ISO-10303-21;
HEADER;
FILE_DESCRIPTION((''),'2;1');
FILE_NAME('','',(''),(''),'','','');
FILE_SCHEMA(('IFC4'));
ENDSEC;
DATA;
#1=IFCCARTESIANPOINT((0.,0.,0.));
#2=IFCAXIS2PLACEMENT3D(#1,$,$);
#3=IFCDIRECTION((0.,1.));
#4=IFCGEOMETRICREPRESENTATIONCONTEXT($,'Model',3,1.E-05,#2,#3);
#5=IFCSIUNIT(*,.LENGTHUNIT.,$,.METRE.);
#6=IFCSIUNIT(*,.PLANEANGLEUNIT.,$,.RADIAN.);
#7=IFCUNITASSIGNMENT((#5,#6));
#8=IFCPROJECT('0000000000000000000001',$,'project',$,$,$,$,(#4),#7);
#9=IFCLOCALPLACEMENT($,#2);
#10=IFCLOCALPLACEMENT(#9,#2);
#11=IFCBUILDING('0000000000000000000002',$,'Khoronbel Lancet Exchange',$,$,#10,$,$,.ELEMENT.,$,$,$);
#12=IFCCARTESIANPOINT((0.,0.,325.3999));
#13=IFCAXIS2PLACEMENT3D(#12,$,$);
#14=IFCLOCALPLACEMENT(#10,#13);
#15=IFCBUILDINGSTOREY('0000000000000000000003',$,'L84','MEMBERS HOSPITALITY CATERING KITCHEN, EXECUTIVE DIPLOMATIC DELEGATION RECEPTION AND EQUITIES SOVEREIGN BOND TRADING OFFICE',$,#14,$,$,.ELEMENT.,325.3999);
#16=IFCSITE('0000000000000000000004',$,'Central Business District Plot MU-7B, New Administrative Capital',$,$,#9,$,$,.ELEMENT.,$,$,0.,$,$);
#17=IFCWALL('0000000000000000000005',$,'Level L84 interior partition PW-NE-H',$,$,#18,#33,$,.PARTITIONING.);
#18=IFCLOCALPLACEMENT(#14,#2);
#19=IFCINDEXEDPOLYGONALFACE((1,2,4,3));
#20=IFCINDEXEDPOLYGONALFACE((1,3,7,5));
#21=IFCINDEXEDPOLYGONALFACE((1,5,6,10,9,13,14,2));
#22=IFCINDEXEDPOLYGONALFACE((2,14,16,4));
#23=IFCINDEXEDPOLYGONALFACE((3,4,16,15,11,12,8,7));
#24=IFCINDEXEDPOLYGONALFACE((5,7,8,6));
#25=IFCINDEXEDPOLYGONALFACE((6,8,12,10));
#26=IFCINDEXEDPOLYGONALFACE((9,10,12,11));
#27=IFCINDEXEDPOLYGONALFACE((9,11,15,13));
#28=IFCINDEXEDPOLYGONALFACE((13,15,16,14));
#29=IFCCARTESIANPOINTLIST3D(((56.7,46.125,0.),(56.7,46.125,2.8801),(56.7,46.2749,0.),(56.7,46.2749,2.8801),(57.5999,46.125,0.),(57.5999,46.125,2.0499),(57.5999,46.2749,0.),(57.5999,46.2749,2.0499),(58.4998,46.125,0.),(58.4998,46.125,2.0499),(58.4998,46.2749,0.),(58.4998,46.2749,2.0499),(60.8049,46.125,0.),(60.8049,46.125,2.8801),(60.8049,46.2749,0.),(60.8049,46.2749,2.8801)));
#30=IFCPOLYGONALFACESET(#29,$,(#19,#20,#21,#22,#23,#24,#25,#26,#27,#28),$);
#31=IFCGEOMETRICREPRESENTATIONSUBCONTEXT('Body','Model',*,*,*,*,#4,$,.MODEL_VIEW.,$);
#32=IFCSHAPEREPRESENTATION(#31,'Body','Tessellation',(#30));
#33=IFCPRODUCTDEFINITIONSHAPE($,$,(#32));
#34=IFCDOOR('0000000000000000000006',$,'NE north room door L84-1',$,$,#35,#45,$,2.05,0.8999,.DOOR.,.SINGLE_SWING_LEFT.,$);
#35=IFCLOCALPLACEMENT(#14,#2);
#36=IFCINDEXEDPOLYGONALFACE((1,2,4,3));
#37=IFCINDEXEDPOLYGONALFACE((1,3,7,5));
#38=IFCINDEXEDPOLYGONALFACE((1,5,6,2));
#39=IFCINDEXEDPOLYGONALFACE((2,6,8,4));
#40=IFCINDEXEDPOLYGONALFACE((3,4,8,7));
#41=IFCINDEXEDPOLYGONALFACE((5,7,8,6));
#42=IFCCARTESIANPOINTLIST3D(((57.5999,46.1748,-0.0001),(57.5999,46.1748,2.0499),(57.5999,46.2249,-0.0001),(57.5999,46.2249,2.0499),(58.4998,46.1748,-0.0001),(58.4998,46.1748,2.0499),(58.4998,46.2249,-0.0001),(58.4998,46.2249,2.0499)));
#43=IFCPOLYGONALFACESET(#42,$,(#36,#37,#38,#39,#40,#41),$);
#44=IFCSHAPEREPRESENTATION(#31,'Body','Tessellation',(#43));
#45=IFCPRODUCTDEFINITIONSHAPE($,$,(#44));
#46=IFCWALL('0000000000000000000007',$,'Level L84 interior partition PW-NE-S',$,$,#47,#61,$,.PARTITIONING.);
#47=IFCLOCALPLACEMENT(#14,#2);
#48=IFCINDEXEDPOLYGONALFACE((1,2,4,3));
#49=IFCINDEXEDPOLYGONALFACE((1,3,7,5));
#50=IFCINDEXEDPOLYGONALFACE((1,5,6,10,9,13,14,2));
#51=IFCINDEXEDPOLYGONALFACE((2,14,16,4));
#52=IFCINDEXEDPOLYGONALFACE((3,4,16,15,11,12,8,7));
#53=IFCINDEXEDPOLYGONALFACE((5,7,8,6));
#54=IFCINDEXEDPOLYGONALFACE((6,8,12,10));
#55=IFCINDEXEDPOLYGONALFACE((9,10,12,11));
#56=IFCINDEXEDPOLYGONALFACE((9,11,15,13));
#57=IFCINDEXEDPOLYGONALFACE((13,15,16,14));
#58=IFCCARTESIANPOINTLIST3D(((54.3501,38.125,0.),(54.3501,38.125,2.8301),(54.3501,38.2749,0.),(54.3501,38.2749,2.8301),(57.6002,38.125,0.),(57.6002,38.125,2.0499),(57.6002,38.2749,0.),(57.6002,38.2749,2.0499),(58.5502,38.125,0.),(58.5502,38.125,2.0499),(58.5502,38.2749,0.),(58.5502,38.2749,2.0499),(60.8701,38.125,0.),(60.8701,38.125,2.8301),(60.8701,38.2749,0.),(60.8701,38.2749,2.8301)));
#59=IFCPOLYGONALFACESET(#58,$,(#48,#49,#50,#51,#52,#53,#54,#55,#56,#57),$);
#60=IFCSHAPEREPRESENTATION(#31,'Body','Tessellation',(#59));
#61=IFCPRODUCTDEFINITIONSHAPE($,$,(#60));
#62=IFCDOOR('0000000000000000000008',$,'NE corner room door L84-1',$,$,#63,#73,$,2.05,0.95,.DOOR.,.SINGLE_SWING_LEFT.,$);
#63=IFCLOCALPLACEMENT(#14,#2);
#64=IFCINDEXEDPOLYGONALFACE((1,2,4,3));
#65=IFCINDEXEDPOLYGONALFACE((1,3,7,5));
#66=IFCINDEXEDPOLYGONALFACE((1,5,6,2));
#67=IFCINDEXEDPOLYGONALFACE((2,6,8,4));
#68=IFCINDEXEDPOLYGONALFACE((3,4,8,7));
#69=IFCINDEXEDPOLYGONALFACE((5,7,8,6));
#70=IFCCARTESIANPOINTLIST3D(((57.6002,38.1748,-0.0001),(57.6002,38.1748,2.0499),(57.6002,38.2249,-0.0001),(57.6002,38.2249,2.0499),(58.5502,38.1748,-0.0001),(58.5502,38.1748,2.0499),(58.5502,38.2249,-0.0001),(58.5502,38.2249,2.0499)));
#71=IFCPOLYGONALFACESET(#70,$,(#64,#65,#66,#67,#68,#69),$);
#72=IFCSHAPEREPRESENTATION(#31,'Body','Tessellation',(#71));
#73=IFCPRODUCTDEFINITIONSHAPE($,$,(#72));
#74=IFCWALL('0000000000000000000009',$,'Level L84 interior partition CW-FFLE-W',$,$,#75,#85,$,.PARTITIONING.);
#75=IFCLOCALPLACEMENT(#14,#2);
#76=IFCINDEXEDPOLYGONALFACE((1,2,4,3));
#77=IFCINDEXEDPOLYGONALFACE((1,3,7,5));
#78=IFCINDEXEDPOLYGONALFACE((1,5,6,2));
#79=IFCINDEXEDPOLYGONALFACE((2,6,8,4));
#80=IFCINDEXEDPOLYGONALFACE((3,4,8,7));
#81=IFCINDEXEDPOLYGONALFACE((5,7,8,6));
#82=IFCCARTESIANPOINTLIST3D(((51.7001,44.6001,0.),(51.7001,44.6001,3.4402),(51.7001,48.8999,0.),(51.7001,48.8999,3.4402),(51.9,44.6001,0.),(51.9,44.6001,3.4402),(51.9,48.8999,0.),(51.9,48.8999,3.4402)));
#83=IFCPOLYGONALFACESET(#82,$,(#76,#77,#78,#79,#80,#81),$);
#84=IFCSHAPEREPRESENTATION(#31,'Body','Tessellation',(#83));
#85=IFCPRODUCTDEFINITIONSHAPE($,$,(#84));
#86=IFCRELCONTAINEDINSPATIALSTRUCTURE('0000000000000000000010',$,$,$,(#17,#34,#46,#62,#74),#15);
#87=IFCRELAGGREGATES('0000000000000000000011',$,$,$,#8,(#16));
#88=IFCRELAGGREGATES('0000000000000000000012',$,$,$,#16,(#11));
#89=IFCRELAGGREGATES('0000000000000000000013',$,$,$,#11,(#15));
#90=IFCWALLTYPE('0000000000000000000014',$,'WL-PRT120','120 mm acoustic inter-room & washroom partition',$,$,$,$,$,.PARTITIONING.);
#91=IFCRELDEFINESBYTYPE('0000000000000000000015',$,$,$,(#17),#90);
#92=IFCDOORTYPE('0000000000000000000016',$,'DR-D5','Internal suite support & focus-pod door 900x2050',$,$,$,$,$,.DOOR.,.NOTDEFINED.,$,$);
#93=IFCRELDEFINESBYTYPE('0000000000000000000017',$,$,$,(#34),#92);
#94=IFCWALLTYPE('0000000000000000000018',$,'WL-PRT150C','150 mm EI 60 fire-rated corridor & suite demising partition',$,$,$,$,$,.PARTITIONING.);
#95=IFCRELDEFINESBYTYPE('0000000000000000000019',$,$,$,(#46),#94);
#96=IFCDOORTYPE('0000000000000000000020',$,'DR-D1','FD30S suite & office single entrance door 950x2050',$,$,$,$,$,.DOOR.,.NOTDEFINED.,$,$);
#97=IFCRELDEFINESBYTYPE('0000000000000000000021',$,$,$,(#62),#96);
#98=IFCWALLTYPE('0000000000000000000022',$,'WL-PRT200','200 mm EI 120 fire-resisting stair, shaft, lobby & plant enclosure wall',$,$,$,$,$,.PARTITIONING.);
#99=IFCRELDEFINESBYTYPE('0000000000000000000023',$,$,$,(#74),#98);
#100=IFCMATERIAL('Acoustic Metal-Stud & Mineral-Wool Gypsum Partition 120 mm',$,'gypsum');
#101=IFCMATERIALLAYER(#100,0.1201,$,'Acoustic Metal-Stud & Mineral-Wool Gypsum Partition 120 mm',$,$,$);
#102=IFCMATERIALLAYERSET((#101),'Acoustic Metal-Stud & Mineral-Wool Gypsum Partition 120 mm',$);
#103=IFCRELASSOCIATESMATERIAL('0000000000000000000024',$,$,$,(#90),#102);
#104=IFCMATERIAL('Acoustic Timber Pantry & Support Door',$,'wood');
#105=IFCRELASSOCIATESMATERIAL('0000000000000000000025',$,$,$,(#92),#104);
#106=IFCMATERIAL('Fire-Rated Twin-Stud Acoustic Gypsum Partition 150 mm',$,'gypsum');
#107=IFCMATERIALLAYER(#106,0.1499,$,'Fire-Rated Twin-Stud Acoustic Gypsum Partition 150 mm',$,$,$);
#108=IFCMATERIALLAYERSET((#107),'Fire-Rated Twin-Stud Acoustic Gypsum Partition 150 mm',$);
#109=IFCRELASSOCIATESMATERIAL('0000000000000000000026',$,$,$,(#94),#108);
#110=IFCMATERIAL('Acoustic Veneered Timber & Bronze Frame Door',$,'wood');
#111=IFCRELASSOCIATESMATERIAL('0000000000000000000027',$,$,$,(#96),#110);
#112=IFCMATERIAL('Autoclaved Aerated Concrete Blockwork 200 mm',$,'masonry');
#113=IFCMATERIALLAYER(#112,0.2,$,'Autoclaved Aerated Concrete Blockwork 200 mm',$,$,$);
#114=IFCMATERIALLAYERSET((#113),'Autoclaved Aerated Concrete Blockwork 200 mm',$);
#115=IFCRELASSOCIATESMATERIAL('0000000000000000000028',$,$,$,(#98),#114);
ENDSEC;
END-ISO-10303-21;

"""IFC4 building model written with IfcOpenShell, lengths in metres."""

from ifc_helpers import new_model, si_unit, direction, frame, frame_2d, origin, place, context, subcontext, project, spatial, rectangle, extrude, material, layer, layer_set, type_object, element, fill, save


model = new_model("IFC4")

# Units and contexts
model_context = context("Model", 3, precision=1e-05, world=origin(), true_north=direction((0.0, 1.0)))
body_context = subcontext(model_context, "Body", "Model", "MODEL_VIEW")
ifc_project = project(units=[si_unit("LENGTHUNIT", "METRE"), si_unit("PLANEANGLEUNIT", "RADIAN")], contexts=[model_context])

# Site, building, storey
site_placement = place(None, origin())
site = spatial("IfcSite", under=ifc_project, at=site_placement, Name="Central Business District Plot MU-7B, New Administrative Capital", CompositionType="ELEMENT", RefElevation=0.0)
building_placement = place(site_placement, origin())
building = spatial("IfcBuilding", under=site, at=building_placement, Name="Khoronbel Lancet Exchange", CompositionType="ELEMENT")
storey_placement = place(building_placement, frame((0.0, 0.0, 325.3999)))
storey = spatial("IfcBuildingStorey", under=building, at=storey_placement, Name="L84", Description="MEMBERS HOSPITALITY CATERING KITCHEN, EXECUTIVE DIPLOMATIC DELEGATION RECEPTION AND EQUITIES SOVEREIGN BOND TRADING OFFICE", CompositionType="ELEMENT", Elevation=325.3999)

# Shared definitions
ifc_material_1 = material(Name="Acoustic Metal-Stud & Mineral-Wool Gypsum Partition 120 mm", Category="gypsum")
ifc_layer_1 = layer(ifc_material_1, 0.1201, Name="Acoustic Metal-Stud & Mineral-Wool Gypsum Partition 120 mm")
ifc_layer_set_1 = layer_set([ifc_layer_1], Name="Acoustic Metal-Stud & Mineral-Wool Gypsum Partition 120 mm")
wall_type_1 = type_object("IfcWallType", Name="WL-PRT120", Description="120 mm acoustic inter-room & washroom partition", PredefinedType="PARTITIONING", material=ifc_layer_set_1)

# Walls, openings, doors
wall_1_placement = place(storey_placement, frame((56.7, 46.2, 0.0), z_axis=(0.0, 0.0, 1.0), x_axis=(1.0, 0.0, 0.0)))
wall_1 = element("IfcWall", 1, at=wall_1_placement, inside=storey, type_object=wall_type_1, Name="Level L84 interior partition PW-NE-H", PredefinedType="PARTITIONING", context=body_context, shape_type="SweptSolid", body=[
    extrude(rectangle(XDim=4.105, YDim=0.1499, at=frame_2d((2.0525, 0.0))), origin(), (0.0, 0.0, 1.0), 2.8801),
])
opening_1_placement = place(wall_1_placement, frame((0.8999, 0.0, 0.0)))
opening_1 = element("IfcOpeningElement", 2, at=opening_1_placement, cuts=wall_1, PredefinedType="OPENING", context=body_context, shape_type="SweptSolid", body=[
    extrude(rectangle(XDim=0.8999, YDim=2.05, at=frame_2d((0.45, 1.0249))), frame((0.0, 0.085, 0.0), z_axis=(0.0, -1.0, 0.0), x_axis=(1.0, 0.0, 0.0)), (0.0, 0.0, 1.0), 0.1699),
])
ifc_material_2 = material(Name="Acoustic Timber Pantry & Support Door", Category="wood")
door_type_1 = type_object("IfcDoorType", Name="DR-D5", Description="Internal suite support & focus-pod door 900x2050", OperationType="NOTDEFINED", PredefinedType="DOOR", material=ifc_material_2)
door_1_placement = place(opening_1_placement, origin())
door_1 = element("IfcDoor", 3, at=door_1_placement, inside=storey, type_object=door_type_1, Name="NE north room door L84-1", OperationType="SINGLE_SWING_LEFT", OverallHeight=2.05, OverallWidth=0.8999, PredefinedType="DOOR", context=body_context, shape_type="SweptSolid", body=[
    extrude(rectangle(XDim=0.8999, YDim=2.05, at=frame_2d((0.45, 1.0249))), frame((0.0, 0.0249, 0.0), z_axis=(0.0, -1.0, 0.0), x_axis=(1.0, 0.0, 0.0)), (0.0, 0.0, 1.0), 0.05),
])
fill(opening_1, door_1)
ifc_material_3 = material(Name="Fire-Rated Twin-Stud Acoustic Gypsum Partition 150 mm", Category="gypsum")
ifc_layer_2 = layer(ifc_material_3, 0.1499, Name="Fire-Rated Twin-Stud Acoustic Gypsum Partition 150 mm")
ifc_layer_set_2 = layer_set([ifc_layer_2], Name="Fire-Rated Twin-Stud Acoustic Gypsum Partition 150 mm")
wall_type_2 = type_object("IfcWallType", Name="WL-PRT150C", Description="150 mm EI 60 fire-rated corridor & suite demising partition", PredefinedType="PARTITIONING", material=ifc_layer_set_2)
wall_2_placement = place(storey_placement, frame((54.3501, 38.2, 0.0), z_axis=(0.0, 0.0, 1.0), x_axis=(1.0, 0.0, 0.0)))
wall_2 = element("IfcWall", 4, at=wall_2_placement, inside=storey, type_object=wall_type_2, Name="Level L84 interior partition PW-NE-S", PredefinedType="PARTITIONING", context=body_context, shape_type="SweptSolid", body=[
    extrude(rectangle(XDim=6.52, YDim=0.1499, at=frame_2d((3.26, 0.0))), origin(), (0.0, 0.0, 1.0), 2.8301),
])
opening_2_placement = place(wall_2_placement, frame((3.25, 0.0, 0.0)))
opening_2 = element("IfcOpeningElement", 5, at=opening_2_placement, cuts=wall_2, PredefinedType="OPENING", context=body_context, shape_type="SweptSolid", body=[
    extrude(rectangle(XDim=0.95, YDim=2.05, at=frame_2d((0.4751, 1.0249))), frame((0.0, 0.085, 0.0), z_axis=(0.0, -1.0, 0.0), x_axis=(1.0, 0.0, 0.0)), (0.0, 0.0, 1.0), 0.1699),
])
ifc_material_4 = material(Name="Acoustic Veneered Timber & Bronze Frame Door", Category="wood")
door_type_2 = type_object("IfcDoorType", Name="DR-D1", Description="FD30S suite & office single entrance door 950x2050", OperationType="NOTDEFINED", PredefinedType="DOOR", material=ifc_material_4)
door_2_placement = place(opening_2_placement, origin())
door_2 = element("IfcDoor", 6, at=door_2_placement, inside=storey, type_object=door_type_2, Name="NE corner room door L84-1", OperationType="SINGLE_SWING_LEFT", OverallHeight=2.05, OverallWidth=0.95, PredefinedType="DOOR", context=body_context, shape_type="SweptSolid", body=[
    extrude(rectangle(XDim=0.95, YDim=2.05, at=frame_2d((0.4751, 1.0249))), frame((0.0, 0.0249, 0.0), z_axis=(0.0, -1.0, 0.0), x_axis=(1.0, 0.0, 0.0)), (0.0, 0.0, 1.0), 0.05),
])
fill(opening_2, door_2)

# Wall
ifc_material_5 = material(Name="Autoclaved Aerated Concrete Blockwork 200 mm", Category="masonry")
ifc_layer_3 = layer(ifc_material_5, 0.2, Name="Autoclaved Aerated Concrete Blockwork 200 mm")
ifc_layer_set_3 = layer_set([ifc_layer_3], Name="Autoclaved Aerated Concrete Blockwork 200 mm")
wall_type_3 = type_object("IfcWallType", Name="WL-PRT200", Description="200 mm EI 120 fire-resisting stair, shaft, lobby & plant enclosure wall", PredefinedType="PARTITIONING", material=ifc_layer_set_3)
wall_3_placement = place(storey_placement, frame((51.8, 44.6001, 0.0), z_axis=(0.0, 0.0, 1.0), x_axis=(0.0, 1.0, 0.0)))
element("IfcWall", 7, at=wall_3_placement, inside=storey, type_object=wall_type_3, Name="Level L84 interior partition CW-FFLE-W", PredefinedType="PARTITIONING", context=body_context, shape_type="SweptSolid", body=[
    extrude(rectangle(XDim=4.2998, YDim=0.2, at=frame_2d((2.1499, 0.0))), origin(), (0.0, 0.0, 1.0), 3.4402),
])

save(model, "model.ifc")
